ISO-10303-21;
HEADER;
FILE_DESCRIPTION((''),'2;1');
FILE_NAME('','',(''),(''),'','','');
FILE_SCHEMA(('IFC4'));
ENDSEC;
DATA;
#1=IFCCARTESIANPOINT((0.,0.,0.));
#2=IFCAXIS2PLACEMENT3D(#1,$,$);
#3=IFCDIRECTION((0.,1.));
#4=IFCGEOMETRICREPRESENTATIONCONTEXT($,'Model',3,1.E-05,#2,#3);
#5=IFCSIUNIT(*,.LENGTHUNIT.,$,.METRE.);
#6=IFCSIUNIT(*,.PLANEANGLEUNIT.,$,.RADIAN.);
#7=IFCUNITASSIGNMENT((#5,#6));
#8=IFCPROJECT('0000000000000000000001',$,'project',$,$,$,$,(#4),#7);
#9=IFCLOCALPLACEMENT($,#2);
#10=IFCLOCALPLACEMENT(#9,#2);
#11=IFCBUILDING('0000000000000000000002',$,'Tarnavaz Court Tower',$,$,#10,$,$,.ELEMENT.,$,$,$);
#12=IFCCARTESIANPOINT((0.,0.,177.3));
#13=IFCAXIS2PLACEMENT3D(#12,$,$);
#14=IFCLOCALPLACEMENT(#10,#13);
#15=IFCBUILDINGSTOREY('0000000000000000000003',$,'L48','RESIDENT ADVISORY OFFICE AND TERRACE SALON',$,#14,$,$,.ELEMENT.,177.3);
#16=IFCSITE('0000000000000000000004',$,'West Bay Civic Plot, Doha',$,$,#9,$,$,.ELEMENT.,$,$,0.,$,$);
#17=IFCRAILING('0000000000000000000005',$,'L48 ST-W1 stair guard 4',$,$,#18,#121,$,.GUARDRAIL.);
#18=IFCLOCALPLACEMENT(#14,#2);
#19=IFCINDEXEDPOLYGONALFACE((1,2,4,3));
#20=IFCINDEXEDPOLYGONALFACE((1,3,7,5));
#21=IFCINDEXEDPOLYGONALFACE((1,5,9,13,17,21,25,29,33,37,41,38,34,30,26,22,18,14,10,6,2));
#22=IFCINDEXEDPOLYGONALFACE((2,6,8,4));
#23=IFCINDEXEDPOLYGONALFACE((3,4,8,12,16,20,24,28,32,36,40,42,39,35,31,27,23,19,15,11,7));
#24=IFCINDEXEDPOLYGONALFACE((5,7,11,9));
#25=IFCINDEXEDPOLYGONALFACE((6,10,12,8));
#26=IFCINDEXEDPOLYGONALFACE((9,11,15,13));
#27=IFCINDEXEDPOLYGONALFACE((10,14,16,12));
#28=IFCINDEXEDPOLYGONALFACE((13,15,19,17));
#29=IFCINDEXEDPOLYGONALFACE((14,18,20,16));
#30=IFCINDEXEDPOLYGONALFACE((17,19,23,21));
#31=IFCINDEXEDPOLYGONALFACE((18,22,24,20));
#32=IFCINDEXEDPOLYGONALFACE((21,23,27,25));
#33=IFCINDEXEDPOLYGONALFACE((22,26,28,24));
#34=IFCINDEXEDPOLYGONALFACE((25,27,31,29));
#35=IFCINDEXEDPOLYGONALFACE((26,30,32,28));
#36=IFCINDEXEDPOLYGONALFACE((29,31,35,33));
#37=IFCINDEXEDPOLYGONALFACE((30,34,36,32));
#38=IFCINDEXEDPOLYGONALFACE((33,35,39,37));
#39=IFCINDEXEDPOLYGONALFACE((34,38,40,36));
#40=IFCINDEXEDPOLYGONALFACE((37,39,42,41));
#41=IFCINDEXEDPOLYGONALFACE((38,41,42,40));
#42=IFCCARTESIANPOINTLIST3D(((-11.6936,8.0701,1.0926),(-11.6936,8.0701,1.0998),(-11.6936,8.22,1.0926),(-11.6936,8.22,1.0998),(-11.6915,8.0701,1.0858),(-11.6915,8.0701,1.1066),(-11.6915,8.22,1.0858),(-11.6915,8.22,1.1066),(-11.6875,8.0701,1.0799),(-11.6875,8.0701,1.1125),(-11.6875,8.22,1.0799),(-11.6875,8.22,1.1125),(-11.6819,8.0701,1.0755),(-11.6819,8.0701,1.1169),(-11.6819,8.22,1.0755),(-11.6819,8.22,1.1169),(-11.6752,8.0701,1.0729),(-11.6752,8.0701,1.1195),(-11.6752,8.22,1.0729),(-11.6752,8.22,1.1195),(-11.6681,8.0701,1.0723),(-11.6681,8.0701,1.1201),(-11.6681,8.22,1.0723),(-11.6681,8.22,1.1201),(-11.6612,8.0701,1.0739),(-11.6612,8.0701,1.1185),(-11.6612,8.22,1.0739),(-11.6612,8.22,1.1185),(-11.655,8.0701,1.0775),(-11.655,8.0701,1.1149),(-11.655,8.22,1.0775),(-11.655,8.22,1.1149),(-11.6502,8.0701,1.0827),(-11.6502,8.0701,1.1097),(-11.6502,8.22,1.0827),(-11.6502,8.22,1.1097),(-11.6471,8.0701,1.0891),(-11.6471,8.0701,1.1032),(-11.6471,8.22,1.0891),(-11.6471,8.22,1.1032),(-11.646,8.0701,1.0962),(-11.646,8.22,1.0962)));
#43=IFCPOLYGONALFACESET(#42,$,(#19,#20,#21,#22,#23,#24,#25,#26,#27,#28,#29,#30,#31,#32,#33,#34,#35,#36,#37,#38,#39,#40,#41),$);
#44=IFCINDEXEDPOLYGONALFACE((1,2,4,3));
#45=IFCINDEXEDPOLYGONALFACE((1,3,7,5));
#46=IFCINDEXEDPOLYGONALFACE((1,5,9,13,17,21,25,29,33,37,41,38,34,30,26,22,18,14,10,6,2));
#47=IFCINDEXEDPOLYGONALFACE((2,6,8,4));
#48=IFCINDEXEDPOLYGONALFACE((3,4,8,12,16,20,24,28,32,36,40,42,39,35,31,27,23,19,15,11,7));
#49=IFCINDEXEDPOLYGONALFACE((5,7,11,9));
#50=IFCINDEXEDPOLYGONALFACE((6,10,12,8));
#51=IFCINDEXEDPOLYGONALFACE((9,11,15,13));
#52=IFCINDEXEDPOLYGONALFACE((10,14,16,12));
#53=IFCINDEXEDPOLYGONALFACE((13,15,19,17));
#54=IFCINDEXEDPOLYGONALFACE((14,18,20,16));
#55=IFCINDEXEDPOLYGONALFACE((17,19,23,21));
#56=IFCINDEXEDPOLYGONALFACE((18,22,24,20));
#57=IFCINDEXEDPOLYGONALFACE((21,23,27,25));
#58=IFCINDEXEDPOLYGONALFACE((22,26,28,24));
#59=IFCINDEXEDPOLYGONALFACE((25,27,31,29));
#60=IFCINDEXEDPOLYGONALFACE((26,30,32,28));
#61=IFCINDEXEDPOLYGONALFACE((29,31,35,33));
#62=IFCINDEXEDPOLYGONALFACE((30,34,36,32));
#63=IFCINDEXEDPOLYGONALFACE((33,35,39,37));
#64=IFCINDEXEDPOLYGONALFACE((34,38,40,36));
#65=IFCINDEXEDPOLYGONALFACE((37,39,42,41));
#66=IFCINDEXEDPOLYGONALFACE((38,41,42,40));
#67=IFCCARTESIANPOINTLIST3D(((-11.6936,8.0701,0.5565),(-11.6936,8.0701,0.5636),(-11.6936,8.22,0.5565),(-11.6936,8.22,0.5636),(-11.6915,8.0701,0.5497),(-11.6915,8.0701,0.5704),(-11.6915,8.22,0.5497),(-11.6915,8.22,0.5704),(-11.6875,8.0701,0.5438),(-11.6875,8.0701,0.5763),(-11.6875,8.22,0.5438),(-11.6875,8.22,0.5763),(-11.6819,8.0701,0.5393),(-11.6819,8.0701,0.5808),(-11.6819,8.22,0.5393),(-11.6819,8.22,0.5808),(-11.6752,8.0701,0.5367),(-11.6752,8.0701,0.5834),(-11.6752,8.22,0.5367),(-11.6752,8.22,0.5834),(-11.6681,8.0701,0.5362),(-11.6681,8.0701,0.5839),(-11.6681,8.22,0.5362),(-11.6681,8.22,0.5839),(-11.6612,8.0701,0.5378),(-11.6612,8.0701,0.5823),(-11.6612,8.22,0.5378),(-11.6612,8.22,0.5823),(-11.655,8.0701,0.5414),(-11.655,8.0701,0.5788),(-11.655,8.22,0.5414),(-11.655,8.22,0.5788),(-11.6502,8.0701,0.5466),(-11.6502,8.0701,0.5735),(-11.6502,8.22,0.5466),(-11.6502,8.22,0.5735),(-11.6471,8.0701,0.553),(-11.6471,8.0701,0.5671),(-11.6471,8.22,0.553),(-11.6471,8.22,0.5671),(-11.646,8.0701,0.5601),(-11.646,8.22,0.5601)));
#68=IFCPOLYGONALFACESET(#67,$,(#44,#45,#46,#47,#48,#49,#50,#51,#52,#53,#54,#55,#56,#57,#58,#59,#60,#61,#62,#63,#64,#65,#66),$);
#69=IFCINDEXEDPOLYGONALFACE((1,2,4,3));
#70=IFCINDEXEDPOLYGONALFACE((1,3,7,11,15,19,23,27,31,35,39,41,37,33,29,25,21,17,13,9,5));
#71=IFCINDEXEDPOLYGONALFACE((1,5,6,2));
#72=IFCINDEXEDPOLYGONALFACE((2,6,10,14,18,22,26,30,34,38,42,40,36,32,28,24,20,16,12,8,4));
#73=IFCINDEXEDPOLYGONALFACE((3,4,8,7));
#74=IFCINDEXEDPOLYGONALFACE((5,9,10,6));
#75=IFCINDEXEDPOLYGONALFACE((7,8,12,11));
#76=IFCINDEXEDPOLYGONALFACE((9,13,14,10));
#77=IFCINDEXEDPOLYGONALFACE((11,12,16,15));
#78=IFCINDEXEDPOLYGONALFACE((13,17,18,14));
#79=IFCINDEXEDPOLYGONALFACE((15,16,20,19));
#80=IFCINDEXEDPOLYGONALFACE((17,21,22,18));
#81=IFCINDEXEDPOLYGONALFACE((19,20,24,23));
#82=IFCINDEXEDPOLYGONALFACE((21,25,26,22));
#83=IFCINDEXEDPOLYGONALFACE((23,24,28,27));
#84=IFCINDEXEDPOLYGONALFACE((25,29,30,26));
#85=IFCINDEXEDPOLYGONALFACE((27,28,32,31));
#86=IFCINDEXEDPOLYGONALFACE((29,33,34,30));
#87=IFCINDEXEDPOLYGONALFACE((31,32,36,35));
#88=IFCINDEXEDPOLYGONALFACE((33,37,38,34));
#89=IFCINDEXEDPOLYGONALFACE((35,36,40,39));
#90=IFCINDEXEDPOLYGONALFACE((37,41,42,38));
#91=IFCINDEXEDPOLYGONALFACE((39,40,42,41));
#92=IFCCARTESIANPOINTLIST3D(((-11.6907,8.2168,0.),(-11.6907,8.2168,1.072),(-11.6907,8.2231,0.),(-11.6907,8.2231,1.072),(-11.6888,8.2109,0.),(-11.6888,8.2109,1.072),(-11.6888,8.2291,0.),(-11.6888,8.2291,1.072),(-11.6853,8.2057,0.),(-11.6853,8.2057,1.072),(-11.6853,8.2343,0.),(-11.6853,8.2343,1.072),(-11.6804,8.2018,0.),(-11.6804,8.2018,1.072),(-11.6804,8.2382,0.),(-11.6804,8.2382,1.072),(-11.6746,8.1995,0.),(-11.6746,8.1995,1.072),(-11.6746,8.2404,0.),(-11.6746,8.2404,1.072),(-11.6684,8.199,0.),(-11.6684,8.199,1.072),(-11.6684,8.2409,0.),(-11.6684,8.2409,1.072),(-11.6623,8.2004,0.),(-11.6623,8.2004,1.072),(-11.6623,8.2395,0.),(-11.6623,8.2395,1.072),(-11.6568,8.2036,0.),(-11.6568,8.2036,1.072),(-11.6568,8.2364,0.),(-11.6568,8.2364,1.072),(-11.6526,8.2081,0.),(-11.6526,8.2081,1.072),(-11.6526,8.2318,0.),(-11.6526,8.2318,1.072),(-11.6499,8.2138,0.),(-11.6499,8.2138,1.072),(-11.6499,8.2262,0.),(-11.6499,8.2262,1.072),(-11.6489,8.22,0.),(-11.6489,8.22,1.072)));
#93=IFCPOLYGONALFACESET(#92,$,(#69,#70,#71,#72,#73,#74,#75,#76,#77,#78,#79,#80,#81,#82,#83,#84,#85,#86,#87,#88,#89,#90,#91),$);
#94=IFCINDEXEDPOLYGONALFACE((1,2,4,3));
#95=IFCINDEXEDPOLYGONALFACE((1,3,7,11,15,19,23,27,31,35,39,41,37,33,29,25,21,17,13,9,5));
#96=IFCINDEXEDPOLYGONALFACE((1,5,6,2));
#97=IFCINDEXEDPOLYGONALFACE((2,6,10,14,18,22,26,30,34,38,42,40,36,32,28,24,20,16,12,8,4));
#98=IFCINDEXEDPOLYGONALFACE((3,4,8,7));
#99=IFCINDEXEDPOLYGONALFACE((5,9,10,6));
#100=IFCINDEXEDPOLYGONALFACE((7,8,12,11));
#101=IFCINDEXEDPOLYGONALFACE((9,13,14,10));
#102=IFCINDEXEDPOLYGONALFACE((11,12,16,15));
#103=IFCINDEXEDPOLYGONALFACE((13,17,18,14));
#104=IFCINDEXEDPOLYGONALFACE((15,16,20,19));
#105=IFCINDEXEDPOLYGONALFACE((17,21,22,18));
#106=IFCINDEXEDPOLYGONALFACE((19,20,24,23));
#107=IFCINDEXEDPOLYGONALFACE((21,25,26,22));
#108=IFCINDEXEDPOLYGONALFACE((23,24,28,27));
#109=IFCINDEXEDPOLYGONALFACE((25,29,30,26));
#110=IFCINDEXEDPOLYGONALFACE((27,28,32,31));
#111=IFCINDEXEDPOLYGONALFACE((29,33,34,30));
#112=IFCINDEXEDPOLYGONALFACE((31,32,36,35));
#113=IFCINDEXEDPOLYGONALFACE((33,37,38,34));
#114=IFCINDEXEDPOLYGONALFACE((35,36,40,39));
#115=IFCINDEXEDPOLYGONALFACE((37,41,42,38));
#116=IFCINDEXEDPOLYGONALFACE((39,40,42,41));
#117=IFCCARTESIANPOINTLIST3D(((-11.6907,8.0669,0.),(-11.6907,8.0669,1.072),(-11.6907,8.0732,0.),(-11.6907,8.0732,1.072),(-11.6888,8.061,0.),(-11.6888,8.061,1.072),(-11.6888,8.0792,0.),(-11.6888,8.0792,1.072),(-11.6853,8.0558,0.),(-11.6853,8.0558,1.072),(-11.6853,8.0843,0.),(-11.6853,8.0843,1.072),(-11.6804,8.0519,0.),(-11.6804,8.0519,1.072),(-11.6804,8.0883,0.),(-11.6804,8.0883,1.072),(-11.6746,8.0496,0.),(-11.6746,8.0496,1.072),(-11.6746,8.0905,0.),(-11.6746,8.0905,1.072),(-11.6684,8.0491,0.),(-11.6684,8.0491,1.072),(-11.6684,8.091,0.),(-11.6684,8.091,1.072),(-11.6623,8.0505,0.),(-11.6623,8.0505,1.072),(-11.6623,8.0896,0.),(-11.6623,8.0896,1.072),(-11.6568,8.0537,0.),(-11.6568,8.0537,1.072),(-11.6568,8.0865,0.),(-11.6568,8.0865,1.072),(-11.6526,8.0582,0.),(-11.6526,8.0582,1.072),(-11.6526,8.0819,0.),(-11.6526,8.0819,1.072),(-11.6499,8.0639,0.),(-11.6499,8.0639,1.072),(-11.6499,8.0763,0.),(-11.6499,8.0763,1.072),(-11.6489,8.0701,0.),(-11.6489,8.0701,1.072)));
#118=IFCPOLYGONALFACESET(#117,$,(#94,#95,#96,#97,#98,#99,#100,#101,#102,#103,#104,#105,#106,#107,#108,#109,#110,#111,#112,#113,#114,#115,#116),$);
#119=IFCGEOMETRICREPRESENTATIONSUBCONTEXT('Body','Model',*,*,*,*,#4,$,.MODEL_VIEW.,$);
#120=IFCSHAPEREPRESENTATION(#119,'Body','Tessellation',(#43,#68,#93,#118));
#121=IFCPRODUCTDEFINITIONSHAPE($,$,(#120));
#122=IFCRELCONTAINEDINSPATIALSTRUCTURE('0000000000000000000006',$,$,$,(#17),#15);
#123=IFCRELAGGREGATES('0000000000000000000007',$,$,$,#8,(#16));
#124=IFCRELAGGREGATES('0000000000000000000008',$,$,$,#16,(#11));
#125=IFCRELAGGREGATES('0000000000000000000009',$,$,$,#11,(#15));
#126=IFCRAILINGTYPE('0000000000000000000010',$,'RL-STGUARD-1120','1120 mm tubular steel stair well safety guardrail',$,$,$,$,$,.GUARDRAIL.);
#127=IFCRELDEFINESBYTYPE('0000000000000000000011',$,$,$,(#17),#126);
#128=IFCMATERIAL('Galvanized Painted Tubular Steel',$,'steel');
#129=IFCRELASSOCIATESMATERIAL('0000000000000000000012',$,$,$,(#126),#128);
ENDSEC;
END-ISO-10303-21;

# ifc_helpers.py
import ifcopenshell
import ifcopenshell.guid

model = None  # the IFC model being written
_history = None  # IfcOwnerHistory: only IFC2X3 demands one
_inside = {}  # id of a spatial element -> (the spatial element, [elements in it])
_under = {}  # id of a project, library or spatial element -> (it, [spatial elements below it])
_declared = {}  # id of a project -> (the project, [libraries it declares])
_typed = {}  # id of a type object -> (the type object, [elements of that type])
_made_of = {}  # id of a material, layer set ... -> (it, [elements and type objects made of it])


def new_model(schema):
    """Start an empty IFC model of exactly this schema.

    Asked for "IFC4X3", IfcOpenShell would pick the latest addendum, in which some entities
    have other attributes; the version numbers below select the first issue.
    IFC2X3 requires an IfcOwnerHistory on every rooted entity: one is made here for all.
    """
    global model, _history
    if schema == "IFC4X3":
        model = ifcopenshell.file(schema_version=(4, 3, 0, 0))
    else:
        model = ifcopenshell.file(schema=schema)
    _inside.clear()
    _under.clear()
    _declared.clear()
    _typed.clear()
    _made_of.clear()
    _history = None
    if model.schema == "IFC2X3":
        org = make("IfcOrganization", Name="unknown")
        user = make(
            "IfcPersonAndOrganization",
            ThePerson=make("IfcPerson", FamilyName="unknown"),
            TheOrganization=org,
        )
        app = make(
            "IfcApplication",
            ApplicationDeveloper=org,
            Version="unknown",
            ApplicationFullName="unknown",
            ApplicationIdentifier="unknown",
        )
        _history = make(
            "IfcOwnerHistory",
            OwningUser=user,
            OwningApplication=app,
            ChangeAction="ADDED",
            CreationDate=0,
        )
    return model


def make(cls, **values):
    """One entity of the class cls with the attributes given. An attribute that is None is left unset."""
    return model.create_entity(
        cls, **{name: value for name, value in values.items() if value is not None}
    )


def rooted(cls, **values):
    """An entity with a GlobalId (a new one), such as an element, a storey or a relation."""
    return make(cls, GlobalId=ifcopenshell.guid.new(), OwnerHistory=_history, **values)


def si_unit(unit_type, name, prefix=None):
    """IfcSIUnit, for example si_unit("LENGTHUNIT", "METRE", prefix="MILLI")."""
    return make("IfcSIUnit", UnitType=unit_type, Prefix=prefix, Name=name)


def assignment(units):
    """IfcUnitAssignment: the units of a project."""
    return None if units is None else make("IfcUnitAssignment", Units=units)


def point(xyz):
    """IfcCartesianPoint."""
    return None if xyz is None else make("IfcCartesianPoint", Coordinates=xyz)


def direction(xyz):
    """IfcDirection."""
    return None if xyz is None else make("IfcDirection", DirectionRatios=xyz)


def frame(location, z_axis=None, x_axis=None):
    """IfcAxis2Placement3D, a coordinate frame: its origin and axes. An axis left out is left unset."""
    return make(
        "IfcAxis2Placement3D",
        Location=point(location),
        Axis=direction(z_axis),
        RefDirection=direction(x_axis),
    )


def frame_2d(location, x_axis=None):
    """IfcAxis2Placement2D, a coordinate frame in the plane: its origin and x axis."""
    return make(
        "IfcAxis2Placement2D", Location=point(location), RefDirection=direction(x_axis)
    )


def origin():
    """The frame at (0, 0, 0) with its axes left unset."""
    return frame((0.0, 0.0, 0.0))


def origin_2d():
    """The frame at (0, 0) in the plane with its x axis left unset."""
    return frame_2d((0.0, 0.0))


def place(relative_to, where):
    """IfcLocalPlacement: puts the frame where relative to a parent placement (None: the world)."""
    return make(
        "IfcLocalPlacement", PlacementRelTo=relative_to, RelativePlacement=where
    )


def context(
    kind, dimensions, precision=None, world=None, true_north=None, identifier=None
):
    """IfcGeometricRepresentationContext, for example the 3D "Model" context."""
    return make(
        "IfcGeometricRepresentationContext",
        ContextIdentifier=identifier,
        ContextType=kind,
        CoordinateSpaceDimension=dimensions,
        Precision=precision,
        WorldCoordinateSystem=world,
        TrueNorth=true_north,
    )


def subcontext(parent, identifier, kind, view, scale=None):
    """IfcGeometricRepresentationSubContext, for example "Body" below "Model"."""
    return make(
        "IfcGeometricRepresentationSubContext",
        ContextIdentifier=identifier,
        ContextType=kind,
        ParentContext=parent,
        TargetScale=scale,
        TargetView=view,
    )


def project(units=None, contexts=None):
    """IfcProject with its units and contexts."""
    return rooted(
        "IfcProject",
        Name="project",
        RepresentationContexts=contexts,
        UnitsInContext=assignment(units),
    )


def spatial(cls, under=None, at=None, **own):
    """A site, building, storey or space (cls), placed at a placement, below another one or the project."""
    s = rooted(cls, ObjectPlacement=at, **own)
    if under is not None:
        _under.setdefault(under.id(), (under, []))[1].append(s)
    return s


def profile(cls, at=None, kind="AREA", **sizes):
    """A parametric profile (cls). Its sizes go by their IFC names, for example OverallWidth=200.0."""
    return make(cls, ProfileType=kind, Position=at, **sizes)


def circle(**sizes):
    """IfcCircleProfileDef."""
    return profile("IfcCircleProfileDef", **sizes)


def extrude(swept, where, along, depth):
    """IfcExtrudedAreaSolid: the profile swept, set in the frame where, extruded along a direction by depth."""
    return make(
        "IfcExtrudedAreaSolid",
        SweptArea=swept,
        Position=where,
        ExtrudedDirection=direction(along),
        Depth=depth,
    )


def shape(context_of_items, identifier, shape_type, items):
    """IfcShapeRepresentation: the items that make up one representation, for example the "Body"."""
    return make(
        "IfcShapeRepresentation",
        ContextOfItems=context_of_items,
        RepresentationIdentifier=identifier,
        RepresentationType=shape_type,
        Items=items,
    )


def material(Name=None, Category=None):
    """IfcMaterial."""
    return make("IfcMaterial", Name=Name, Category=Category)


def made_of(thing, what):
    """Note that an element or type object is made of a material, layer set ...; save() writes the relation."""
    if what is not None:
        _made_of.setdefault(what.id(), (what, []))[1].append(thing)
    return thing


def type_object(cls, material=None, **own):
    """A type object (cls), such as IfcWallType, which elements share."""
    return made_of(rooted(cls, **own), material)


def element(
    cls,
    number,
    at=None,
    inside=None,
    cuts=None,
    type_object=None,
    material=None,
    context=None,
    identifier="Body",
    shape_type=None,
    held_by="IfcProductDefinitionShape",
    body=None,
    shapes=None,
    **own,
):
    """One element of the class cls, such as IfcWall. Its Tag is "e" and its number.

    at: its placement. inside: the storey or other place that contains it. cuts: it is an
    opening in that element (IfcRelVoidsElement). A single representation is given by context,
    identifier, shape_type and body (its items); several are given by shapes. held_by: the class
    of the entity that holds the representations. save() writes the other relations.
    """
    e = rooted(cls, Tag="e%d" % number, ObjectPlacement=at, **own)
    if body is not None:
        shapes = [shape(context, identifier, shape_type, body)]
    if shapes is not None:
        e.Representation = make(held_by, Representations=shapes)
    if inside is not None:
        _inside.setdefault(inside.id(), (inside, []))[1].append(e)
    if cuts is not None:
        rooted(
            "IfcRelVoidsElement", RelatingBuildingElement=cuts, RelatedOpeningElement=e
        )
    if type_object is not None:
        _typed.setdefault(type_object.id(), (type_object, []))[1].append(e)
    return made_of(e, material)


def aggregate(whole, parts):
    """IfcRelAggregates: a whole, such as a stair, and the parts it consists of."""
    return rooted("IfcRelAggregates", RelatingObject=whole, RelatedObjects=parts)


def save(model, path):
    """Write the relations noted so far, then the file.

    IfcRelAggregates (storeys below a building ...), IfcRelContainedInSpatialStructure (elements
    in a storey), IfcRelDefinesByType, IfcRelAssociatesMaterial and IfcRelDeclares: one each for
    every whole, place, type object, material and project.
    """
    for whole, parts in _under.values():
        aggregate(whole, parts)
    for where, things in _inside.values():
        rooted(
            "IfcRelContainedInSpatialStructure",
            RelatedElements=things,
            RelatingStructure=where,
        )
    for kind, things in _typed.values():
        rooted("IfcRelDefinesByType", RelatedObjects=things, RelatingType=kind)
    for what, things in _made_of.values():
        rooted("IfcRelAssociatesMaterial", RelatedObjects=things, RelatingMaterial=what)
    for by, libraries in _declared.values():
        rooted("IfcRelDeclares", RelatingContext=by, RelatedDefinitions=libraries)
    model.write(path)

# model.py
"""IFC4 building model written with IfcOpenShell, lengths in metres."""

from ifc_helpers import new_model, si_unit, direction, frame, origin, origin_2d, place, context, subcontext, project, spatial, circle, extrude, material, type_object, element, save


model = new_model("IFC4")

# Units and contexts
model_context = context("Model", 3, precision=1e-05, world=origin(), true_north=direction((0.0, 1.0)))
body_context = subcontext(model_context, "Body", "Model", "MODEL_VIEW")
ifc_project = project(units=[si_unit("LENGTHUNIT", "METRE"), si_unit("PLANEANGLEUNIT", "RADIAN")], contexts=[model_context])

# Site, building, storey
site_placement = place(None, origin())
site = spatial("IfcSite", under=ifc_project, at=site_placement, Name="West Bay Civic Plot, Doha", CompositionType="ELEMENT", RefElevation=0.0)
building_placement = place(site_placement, origin())
building = spatial("IfcBuilding", under=site, at=building_placement, Name="Tarnavaz Court Tower", CompositionType="ELEMENT")
storey_placement = place(building_placement, frame((0.0, 0.0, 177.3)))
storey = spatial("IfcBuildingStorey", under=building, at=storey_placement, Name="L48", Description="RESIDENT ADVISORY OFFICE AND TERRACE SALON", CompositionType="ELEMENT", Elevation=177.3)

# Railing
ifc_material_1 = material(Name="Galvanized Painted Tubular Steel", Category="steel")
railing_type_1 = type_object("IfcRailingType", Name="RL-STGUARD-1120", Description="1120 mm tubular steel stair well safety guardrail", PredefinedType="GUARDRAIL", material=ifc_material_1)
railing_1_placement = place(storey_placement, frame((-11.6699, 8.22, 0.0)))
element("IfcRailing", 1, at=railing_1_placement, inside=storey, type_object=railing_type_1, Name="L48 ST-W1 stair guard 4", PredefinedType="GUARDRAIL", context=body_context, shape_type="SweptSolid", body=[
    extrude(circle(Radius=0.0239, at=origin_2d()), frame((0.0, 0.0, 1.0962), z_axis=(0.0, -1.0, 0.0), x_axis=(1.0, 0.0, 0.0)), (0.0, 0.0, 1.0), 0.1499),
    extrude(circle(Radius=0.0239, at=origin_2d()), frame((0.0, 0.0, 0.5601), z_axis=(0.0, -1.0, 0.0), x_axis=(1.0, 0.0, 0.0)), (0.0, 0.0, 1.0), 0.1499),
    extrude(circle(Radius=0.021, at=origin_2d()), origin(), (0.0, 0.0, 1.0), 1.072),
    extrude(circle(Radius=0.021, at=origin_2d()), frame((0.0, -0.1499, 0.0)), (0.0, 0.0, 1.0), 1.072),
])

save(model, "model.ifc")
